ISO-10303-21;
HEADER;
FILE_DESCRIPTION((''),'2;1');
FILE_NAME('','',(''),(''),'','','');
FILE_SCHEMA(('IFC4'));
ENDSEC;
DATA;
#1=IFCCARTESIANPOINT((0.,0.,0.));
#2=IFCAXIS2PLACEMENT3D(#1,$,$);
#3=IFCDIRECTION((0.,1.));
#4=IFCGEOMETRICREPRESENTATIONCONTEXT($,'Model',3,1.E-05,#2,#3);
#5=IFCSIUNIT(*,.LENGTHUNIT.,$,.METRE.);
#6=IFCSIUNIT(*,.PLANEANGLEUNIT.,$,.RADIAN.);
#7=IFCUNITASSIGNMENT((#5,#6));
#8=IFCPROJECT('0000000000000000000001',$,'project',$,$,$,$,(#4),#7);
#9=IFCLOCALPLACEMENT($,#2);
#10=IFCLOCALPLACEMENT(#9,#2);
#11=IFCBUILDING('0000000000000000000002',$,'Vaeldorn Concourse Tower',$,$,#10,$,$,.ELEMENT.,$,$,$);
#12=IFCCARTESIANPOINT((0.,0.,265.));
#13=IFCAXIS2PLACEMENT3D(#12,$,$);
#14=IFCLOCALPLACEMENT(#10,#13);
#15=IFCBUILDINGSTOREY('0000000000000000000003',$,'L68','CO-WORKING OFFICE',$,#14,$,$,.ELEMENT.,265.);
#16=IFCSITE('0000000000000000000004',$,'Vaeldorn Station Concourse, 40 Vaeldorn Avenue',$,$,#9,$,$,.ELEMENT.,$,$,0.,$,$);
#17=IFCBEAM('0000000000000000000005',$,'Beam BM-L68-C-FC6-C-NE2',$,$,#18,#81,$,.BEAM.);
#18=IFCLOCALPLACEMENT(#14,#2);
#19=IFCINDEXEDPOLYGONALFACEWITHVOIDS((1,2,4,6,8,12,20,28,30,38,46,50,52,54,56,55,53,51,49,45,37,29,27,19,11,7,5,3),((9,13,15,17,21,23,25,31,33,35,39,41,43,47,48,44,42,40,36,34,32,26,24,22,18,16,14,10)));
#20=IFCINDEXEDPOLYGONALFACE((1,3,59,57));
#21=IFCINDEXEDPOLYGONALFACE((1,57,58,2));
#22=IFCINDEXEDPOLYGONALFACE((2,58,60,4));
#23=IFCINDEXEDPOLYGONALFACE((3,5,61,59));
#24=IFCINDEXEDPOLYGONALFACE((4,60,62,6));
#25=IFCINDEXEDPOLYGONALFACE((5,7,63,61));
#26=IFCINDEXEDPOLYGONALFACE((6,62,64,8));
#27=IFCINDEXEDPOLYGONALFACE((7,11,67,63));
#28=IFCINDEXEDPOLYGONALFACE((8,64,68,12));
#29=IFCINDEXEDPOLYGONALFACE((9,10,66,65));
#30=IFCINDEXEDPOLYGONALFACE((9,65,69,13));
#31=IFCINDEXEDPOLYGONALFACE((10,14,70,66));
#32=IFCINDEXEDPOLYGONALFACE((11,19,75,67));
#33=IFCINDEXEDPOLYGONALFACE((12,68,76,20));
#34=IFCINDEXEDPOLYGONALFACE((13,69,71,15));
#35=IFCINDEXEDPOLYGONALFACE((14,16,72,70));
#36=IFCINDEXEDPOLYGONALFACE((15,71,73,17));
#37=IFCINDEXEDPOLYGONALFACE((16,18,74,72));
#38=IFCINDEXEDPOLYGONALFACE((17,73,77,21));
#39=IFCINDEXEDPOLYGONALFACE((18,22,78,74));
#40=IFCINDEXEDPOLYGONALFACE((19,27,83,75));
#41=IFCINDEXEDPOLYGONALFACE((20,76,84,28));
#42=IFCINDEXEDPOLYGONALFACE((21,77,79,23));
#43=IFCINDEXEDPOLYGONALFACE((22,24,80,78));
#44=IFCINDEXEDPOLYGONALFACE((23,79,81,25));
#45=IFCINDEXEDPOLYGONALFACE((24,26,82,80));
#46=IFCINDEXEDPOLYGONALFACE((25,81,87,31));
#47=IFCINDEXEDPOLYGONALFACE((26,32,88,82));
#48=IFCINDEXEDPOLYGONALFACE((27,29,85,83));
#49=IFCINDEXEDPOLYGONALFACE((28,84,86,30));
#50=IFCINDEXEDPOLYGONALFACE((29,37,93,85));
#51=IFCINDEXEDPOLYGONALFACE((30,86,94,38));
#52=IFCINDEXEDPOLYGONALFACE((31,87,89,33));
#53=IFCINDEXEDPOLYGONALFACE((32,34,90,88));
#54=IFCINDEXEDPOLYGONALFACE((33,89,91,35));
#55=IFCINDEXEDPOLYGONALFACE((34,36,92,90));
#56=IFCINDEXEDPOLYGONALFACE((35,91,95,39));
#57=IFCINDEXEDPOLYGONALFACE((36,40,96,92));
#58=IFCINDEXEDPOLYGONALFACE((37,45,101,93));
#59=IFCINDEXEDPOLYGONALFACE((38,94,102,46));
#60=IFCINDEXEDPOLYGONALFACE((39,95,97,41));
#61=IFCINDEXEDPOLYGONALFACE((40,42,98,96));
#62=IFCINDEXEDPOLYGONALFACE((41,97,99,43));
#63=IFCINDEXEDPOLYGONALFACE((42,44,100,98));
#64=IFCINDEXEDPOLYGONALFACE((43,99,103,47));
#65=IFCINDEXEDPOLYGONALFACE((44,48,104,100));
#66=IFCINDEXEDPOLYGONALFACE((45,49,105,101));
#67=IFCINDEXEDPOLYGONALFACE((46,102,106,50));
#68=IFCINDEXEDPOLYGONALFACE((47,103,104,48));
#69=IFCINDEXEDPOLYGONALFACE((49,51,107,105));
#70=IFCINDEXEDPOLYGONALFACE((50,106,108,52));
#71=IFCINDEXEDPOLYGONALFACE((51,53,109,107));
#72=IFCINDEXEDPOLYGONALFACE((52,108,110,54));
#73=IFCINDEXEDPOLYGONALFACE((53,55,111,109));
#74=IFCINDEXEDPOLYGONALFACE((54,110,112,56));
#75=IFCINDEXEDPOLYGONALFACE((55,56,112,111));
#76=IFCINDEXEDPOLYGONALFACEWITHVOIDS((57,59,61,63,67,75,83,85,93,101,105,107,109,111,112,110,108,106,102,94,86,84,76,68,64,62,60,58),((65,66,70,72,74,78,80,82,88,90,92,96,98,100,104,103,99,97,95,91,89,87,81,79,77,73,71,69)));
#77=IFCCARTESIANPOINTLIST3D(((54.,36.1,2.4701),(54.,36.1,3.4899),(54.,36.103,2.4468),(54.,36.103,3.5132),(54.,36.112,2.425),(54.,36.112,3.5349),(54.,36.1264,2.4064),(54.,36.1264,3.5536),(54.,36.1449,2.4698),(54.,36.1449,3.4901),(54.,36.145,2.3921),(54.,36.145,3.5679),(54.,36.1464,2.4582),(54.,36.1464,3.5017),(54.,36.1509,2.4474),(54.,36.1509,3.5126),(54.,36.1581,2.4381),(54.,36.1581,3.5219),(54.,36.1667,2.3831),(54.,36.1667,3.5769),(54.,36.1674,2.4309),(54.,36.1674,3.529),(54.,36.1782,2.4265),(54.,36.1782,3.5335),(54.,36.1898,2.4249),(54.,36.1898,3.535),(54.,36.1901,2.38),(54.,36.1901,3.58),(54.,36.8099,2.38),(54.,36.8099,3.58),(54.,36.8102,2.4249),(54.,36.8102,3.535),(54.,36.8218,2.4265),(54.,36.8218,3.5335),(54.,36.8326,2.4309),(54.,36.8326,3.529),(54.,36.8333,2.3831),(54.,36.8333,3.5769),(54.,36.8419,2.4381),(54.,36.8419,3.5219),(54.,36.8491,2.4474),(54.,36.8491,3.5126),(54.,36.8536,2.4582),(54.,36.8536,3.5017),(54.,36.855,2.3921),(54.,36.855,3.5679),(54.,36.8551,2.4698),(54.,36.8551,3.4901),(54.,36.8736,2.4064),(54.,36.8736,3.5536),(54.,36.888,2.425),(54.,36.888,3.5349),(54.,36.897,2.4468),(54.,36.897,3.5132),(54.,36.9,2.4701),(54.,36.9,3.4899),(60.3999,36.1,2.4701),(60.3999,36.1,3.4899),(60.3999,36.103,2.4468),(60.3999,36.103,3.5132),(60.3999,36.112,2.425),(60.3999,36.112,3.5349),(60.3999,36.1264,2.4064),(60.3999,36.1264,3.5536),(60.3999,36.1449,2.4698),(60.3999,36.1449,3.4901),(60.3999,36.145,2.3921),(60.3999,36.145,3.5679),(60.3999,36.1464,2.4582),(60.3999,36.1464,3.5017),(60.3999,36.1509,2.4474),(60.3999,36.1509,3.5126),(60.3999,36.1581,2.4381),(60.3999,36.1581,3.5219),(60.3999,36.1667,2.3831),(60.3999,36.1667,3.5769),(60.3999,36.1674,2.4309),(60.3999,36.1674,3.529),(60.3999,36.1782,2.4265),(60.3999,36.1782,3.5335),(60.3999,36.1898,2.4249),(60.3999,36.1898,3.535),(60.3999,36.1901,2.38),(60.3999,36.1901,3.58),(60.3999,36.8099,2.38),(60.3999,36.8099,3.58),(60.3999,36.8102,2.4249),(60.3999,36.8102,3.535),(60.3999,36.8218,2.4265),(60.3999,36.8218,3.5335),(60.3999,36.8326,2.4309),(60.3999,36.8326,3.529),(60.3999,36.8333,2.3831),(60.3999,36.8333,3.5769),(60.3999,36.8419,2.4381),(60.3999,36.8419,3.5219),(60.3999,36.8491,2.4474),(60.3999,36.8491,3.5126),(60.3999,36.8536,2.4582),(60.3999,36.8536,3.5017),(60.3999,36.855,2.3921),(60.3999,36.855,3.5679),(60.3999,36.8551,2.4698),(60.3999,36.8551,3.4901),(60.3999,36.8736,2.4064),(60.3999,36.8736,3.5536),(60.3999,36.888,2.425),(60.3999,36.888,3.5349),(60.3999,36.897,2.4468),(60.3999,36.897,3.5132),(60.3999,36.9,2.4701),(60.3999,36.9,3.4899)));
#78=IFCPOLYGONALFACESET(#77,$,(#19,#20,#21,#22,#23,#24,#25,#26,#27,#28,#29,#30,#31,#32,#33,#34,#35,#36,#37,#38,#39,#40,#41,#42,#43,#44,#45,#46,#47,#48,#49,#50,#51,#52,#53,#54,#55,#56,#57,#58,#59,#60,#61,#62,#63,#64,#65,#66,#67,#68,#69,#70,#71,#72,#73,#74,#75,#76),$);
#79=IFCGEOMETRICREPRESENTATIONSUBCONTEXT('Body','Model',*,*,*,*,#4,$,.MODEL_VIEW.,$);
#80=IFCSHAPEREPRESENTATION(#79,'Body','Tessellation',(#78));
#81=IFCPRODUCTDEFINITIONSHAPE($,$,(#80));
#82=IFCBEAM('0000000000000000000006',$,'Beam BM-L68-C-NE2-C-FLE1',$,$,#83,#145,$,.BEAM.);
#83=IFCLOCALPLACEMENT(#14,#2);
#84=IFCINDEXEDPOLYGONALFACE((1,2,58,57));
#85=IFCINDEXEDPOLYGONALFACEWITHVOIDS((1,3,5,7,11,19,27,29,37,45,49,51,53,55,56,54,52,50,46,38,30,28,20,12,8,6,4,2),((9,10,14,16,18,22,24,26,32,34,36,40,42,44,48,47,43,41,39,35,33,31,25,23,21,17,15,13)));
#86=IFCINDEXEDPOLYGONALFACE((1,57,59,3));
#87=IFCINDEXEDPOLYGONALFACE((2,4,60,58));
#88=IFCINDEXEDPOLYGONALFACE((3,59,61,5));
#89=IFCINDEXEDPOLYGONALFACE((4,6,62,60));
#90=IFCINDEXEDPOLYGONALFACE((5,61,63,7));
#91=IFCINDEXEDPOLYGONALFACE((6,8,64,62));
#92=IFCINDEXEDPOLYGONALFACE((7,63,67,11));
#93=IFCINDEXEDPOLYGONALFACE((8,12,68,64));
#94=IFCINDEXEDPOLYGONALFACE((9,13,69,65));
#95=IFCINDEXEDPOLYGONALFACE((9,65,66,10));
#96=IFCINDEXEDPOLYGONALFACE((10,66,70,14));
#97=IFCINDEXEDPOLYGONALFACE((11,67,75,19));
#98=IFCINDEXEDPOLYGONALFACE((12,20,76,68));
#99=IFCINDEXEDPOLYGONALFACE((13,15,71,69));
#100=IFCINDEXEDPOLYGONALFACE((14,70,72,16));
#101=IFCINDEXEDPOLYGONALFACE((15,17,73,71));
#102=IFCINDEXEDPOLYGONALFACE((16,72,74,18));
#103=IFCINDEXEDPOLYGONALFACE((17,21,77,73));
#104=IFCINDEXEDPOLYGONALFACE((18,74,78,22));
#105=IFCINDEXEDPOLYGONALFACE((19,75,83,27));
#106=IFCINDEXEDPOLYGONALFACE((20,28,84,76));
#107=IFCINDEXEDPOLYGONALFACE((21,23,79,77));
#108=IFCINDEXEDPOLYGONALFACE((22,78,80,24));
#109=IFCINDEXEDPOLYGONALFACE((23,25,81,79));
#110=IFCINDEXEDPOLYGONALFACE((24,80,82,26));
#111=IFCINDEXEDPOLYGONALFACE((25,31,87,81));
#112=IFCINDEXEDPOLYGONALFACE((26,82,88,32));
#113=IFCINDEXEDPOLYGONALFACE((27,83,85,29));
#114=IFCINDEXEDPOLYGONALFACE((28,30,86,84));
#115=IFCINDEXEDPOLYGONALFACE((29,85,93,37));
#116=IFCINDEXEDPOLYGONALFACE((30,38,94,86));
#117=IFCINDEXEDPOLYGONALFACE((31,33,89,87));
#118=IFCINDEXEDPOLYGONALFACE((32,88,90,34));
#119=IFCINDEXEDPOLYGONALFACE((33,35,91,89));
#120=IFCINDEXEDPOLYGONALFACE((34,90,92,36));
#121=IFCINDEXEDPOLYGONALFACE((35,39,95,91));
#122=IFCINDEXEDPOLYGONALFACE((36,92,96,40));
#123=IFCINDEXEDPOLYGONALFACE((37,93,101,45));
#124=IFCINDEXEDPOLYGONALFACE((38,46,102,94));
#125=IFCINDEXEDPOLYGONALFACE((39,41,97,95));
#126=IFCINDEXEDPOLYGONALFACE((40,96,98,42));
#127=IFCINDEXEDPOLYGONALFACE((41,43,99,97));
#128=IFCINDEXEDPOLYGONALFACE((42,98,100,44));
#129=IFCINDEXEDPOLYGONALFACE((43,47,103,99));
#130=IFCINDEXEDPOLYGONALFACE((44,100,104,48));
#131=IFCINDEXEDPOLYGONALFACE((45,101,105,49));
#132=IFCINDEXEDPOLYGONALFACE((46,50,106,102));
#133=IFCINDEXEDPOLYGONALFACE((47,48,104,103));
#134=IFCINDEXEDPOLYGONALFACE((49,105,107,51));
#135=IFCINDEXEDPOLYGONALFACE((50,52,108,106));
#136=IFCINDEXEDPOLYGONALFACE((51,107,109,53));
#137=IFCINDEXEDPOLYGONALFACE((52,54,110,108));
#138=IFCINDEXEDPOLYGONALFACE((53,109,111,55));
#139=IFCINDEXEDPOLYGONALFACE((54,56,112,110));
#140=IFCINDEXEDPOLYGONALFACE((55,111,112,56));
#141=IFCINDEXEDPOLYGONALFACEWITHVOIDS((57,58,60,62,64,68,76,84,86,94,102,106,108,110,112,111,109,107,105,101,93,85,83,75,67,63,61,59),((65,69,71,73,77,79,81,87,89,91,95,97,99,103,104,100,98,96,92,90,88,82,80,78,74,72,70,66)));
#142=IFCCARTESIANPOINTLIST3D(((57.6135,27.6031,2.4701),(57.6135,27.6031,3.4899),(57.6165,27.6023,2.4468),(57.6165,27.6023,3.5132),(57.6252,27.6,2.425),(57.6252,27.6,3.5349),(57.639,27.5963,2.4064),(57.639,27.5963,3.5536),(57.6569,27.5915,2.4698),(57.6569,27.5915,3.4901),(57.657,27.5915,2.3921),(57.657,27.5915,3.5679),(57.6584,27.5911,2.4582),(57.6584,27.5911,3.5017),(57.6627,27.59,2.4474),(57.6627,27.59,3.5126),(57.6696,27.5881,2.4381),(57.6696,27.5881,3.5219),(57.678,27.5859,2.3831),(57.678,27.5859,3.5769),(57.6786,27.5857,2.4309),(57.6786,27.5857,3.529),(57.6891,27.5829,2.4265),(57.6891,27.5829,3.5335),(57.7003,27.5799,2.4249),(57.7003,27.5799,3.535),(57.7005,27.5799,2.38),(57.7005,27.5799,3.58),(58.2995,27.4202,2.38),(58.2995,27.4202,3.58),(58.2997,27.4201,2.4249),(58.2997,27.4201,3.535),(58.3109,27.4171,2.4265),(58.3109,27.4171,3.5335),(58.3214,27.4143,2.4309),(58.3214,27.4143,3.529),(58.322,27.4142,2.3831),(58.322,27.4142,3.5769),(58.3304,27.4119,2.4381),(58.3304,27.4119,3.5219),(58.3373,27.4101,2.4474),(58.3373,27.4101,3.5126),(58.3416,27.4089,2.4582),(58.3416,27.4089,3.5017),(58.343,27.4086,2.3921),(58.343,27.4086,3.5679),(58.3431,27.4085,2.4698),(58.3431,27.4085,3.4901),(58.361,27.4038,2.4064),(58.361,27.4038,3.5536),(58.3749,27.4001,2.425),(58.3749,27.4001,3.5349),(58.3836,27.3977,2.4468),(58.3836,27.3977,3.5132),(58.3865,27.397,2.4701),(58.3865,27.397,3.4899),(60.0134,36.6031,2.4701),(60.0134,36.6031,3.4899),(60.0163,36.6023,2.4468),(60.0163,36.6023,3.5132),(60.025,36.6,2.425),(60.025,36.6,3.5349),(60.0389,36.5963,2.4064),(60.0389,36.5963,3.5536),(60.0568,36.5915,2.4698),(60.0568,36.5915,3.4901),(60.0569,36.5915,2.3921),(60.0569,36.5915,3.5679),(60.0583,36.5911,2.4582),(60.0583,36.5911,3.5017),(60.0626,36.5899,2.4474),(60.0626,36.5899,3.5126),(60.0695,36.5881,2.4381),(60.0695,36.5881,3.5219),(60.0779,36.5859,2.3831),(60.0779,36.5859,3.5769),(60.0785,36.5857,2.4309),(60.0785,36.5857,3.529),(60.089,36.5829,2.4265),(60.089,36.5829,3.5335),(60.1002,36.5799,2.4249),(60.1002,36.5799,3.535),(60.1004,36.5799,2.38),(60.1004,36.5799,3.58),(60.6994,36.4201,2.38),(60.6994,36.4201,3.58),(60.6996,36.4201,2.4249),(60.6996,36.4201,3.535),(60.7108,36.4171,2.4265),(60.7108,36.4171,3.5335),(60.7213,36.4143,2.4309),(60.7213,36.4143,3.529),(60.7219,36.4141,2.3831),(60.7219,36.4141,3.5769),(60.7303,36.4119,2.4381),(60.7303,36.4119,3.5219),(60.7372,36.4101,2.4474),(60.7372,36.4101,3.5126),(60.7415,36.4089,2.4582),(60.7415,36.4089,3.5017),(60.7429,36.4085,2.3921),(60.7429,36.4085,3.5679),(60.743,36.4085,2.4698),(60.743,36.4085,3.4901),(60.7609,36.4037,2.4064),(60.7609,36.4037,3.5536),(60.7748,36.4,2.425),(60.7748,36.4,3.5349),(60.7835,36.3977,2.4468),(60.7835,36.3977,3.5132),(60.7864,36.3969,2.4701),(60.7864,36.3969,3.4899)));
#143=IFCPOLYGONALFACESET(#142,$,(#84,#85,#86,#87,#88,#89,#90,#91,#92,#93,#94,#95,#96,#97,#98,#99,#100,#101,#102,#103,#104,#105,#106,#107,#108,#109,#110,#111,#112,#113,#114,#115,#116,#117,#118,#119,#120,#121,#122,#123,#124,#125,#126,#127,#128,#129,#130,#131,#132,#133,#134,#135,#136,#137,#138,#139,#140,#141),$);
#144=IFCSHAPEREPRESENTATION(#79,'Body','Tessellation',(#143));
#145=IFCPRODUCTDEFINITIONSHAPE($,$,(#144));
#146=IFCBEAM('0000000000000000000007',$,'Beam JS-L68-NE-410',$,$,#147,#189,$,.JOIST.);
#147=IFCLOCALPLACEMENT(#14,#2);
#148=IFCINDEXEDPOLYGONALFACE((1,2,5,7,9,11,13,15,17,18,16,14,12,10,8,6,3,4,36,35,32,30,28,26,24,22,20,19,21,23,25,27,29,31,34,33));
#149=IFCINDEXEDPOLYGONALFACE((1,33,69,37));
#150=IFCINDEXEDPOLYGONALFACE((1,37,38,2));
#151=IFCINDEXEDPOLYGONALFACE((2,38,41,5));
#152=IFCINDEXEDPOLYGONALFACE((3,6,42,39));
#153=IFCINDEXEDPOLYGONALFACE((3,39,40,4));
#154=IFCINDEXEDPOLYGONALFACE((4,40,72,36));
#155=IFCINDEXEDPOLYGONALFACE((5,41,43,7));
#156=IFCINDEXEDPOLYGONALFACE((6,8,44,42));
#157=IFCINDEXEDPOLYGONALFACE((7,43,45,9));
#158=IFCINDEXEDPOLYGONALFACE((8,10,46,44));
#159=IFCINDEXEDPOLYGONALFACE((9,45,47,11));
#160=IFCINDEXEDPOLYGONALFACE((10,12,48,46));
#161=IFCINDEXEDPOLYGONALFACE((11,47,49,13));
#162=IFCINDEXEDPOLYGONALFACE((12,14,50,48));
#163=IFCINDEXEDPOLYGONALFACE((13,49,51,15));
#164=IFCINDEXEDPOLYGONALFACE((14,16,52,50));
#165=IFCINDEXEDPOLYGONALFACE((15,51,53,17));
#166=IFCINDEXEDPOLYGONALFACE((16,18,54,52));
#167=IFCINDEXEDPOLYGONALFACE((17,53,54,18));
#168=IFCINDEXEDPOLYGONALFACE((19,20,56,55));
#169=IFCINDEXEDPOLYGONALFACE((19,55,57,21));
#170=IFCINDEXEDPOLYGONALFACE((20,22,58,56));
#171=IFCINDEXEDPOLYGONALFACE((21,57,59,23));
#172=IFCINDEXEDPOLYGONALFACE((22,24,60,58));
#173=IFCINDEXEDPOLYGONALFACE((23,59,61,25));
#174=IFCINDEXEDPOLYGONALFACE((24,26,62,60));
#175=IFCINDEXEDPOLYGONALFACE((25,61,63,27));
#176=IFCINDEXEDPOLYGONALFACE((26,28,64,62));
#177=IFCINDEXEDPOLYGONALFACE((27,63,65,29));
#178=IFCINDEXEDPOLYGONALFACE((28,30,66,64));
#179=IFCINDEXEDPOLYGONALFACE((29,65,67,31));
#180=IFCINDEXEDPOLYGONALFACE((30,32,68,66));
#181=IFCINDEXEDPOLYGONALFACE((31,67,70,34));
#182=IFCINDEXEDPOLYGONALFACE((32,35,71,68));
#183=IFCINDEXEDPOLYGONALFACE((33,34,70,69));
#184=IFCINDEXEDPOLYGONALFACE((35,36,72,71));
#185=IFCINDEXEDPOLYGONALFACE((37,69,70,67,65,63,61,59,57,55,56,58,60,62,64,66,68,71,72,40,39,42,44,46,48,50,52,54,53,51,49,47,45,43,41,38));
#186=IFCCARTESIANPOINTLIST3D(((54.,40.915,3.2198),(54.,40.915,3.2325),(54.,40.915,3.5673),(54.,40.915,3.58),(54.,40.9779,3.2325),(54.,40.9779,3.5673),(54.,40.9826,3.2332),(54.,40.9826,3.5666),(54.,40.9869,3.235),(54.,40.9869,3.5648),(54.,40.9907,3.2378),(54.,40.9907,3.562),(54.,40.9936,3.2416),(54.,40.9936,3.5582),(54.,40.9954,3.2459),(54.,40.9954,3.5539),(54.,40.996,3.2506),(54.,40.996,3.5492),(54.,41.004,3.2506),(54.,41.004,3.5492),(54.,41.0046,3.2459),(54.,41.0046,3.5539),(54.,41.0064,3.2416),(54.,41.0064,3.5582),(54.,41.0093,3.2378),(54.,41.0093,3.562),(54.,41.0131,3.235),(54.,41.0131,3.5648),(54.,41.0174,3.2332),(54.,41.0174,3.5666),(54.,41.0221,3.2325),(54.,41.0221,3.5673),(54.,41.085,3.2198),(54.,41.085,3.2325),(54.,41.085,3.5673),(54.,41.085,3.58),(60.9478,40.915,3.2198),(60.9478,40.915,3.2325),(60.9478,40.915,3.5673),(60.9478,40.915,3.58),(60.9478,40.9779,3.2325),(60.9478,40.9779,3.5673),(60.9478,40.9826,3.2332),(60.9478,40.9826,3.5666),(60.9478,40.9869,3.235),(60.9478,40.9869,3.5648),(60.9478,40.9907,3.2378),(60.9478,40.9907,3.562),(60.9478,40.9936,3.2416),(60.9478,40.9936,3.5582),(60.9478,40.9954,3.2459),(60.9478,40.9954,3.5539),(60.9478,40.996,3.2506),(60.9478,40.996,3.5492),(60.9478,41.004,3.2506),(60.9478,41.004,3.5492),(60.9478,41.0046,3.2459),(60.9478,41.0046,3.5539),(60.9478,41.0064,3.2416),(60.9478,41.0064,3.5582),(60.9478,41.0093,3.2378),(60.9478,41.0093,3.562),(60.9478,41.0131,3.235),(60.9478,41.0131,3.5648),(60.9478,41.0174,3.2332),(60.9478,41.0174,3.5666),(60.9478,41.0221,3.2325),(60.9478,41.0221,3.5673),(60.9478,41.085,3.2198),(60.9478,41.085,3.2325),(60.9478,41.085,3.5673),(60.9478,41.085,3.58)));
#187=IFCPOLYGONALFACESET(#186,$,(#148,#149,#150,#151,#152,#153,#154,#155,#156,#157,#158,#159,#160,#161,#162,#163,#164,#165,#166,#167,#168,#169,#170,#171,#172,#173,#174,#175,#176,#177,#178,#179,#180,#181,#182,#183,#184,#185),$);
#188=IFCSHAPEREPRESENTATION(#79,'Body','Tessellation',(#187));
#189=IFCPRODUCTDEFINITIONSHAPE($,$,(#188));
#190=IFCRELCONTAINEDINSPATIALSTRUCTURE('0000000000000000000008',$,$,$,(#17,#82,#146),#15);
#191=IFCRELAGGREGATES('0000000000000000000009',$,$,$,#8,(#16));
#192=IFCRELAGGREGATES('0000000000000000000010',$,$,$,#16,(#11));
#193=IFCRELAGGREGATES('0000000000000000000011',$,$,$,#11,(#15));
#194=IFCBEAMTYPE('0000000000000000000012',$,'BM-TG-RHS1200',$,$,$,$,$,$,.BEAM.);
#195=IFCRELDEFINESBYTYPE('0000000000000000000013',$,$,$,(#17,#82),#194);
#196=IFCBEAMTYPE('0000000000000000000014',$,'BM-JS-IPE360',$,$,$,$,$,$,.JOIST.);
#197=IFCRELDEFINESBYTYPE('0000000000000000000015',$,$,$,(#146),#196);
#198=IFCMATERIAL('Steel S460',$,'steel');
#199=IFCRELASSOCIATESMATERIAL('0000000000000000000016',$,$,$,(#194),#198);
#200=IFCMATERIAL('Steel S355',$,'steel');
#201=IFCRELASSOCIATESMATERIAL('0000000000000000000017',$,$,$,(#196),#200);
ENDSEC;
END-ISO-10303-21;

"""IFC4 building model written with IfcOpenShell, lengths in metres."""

from ifc_helpers import new_model, si_unit, direction, frame, origin, origin_2d, place, context, subcontext, project, spatial, hollow_rectangle, i_section, extrude, source, transform, mapped, material, material_profile, profile_set, type_object, element, save


model = new_model("IFC4")

# Units and contexts
model_context = context("Model", 3, precision=1e-05, world=origin(), true_north=direction((0.0, 1.0)))
body_context = subcontext(model_context, "Body", "Model", "MODEL_VIEW")
ifc_project = project(units=[si_unit("LENGTHUNIT", "METRE"), si_unit("PLANEANGLEUNIT", "RADIAN")], contexts=[model_context])

# Site, building, storey
site_placement = place(None, origin())
site = spatial("IfcSite", under=ifc_project, at=site_placement, Name="Vaeldorn Station Concourse, 40 Vaeldorn Avenue", CompositionType="ELEMENT", RefElevation=0.0)
building_placement = place(site_placement, origin())
building = spatial("IfcBuilding", under=site, at=building_placement, Name="Vaeldorn Concourse Tower", CompositionType="ELEMENT")
storey_placement = place(building_placement, frame((0.0, 0.0, 265.0)))
storey = spatial("IfcBuildingStorey", under=building, at=storey_placement, Name="L68", Description="CO-WORKING OFFICE", CompositionType="ELEMENT", Elevation=265.0)

# Shared definitions
ifc_material_1 = material(Name="Steel S355", Category="steel")

# Beams
ifc_material_2 = material(Name="Steel S460", Category="steel")
ifc_material_profile_1 = material_profile(ifc_material_2, hollow_rectangle(XDim=0.8, YDim=1.2, WallThickness=0.0449, InnerFilletRadius=0.0449, OuterFilletRadius=0.0901, at=origin_2d()), Name="RHS 1200x800x45")
ifc_profile_set_1 = profile_set([ifc_material_profile_1], Name="Steel S460")
beam_type_1 = type_object("IfcBeamType", Name="BM-TG-RHS1200", PredefinedType="BEAM", material=ifc_profile_set_1)
shared_shape_1 = source(origin(), body_context, "Body", "SweptSolid", [
    extrude(hollow_rectangle(XDim=0.8, YDim=1.2, WallThickness=0.0449, InnerFilletRadius=0.0449, OuterFilletRadius=0.0901, at=origin_2d()), origin(), (0.0, 0.0, 1.0), 6.3999),
])
beam_1_placement = place(storey_placement, frame((54.0, 36.5, 2.98), z_axis=(1.0, 0.0, 0.0), x_axis=(0.0, 1.0, 0.0)))
element("IfcBeam", 1, at=beam_1_placement, inside=storey, type_object=beam_type_1, Name="Beam BM-L68-C-FC6-C-NE2", PredefinedType="BEAM", context=body_context, shape_type="MappedRepresentation", body=[
    mapped(shared_shape_1, transform((0.0, 0.0, 0.0), scale=1.0)),
])
shared_shape_2 = source(origin(), body_context, "Body", "SweptSolid", [
    extrude(hollow_rectangle(XDim=0.8, YDim=1.2, WallThickness=0.0449, InnerFilletRadius=0.0449, OuterFilletRadius=0.0901, at=origin_2d()), origin(), (0.0, 0.0, 1.0), 9.3145),
])
beam_2_placement = place(storey_placement, frame((60.3999, 36.5, 2.98), z_axis=(-0.257653, -0.966238, 0.0), x_axis=(0.966238, -0.257653, 0.0)))
element("IfcBeam", 2, at=beam_2_placement, inside=storey, type_object=beam_type_1, Name="Beam BM-L68-C-NE2-C-FLE1", PredefinedType="BEAM", context=body_context, shape_type="MappedRepresentation", body=[
    mapped(shared_shape_2, transform((0.0, 0.0, 0.0), scale=1.0)),
])
ifc_material_profile_2 = material_profile(ifc_material_1, i_section(OverallWidth=0.1699, OverallDepth=0.3601, WebThickness=0.0081, FlangeThickness=0.0127, FilletRadius=0.0181, at=origin_2d()), Name="IPE 360")
ifc_profile_set_2 = profile_set([ifc_material_profile_2], Name="Steel S355")
beam_type_2 = type_object("IfcBeamType", Name="BM-JS-IPE360", PredefinedType="JOIST", material=ifc_profile_set_2)
shared_shape_3 = source(origin(), body_context, "Body", "SweptSolid", [
    extrude(i_section(OverallWidth=0.1699, OverallDepth=0.3601, WebThickness=0.0081, FlangeThickness=0.0127, FilletRadius=0.0181, at=origin_2d()), origin(), (0.0, 0.0, 1.0), 6.9478),
])
beam_3_placement = place(storey_placement, frame((54.0, 41.0, 3.3999), z_axis=(1.0, 0.0, 0.0), x_axis=(0.0, 1.0, 0.0)))
element("IfcBeam", 3, at=beam_3_placement, inside=storey, type_object=beam_type_2, Name="Beam JS-L68-NE-410", PredefinedType="JOIST", context=body_context, shape_type="MappedRepresentation", body=[
    mapped(shared_shape_3, transform((0.0, 0.0, 0.0), scale=1.0)),
])

save(model, "model.ifc")
